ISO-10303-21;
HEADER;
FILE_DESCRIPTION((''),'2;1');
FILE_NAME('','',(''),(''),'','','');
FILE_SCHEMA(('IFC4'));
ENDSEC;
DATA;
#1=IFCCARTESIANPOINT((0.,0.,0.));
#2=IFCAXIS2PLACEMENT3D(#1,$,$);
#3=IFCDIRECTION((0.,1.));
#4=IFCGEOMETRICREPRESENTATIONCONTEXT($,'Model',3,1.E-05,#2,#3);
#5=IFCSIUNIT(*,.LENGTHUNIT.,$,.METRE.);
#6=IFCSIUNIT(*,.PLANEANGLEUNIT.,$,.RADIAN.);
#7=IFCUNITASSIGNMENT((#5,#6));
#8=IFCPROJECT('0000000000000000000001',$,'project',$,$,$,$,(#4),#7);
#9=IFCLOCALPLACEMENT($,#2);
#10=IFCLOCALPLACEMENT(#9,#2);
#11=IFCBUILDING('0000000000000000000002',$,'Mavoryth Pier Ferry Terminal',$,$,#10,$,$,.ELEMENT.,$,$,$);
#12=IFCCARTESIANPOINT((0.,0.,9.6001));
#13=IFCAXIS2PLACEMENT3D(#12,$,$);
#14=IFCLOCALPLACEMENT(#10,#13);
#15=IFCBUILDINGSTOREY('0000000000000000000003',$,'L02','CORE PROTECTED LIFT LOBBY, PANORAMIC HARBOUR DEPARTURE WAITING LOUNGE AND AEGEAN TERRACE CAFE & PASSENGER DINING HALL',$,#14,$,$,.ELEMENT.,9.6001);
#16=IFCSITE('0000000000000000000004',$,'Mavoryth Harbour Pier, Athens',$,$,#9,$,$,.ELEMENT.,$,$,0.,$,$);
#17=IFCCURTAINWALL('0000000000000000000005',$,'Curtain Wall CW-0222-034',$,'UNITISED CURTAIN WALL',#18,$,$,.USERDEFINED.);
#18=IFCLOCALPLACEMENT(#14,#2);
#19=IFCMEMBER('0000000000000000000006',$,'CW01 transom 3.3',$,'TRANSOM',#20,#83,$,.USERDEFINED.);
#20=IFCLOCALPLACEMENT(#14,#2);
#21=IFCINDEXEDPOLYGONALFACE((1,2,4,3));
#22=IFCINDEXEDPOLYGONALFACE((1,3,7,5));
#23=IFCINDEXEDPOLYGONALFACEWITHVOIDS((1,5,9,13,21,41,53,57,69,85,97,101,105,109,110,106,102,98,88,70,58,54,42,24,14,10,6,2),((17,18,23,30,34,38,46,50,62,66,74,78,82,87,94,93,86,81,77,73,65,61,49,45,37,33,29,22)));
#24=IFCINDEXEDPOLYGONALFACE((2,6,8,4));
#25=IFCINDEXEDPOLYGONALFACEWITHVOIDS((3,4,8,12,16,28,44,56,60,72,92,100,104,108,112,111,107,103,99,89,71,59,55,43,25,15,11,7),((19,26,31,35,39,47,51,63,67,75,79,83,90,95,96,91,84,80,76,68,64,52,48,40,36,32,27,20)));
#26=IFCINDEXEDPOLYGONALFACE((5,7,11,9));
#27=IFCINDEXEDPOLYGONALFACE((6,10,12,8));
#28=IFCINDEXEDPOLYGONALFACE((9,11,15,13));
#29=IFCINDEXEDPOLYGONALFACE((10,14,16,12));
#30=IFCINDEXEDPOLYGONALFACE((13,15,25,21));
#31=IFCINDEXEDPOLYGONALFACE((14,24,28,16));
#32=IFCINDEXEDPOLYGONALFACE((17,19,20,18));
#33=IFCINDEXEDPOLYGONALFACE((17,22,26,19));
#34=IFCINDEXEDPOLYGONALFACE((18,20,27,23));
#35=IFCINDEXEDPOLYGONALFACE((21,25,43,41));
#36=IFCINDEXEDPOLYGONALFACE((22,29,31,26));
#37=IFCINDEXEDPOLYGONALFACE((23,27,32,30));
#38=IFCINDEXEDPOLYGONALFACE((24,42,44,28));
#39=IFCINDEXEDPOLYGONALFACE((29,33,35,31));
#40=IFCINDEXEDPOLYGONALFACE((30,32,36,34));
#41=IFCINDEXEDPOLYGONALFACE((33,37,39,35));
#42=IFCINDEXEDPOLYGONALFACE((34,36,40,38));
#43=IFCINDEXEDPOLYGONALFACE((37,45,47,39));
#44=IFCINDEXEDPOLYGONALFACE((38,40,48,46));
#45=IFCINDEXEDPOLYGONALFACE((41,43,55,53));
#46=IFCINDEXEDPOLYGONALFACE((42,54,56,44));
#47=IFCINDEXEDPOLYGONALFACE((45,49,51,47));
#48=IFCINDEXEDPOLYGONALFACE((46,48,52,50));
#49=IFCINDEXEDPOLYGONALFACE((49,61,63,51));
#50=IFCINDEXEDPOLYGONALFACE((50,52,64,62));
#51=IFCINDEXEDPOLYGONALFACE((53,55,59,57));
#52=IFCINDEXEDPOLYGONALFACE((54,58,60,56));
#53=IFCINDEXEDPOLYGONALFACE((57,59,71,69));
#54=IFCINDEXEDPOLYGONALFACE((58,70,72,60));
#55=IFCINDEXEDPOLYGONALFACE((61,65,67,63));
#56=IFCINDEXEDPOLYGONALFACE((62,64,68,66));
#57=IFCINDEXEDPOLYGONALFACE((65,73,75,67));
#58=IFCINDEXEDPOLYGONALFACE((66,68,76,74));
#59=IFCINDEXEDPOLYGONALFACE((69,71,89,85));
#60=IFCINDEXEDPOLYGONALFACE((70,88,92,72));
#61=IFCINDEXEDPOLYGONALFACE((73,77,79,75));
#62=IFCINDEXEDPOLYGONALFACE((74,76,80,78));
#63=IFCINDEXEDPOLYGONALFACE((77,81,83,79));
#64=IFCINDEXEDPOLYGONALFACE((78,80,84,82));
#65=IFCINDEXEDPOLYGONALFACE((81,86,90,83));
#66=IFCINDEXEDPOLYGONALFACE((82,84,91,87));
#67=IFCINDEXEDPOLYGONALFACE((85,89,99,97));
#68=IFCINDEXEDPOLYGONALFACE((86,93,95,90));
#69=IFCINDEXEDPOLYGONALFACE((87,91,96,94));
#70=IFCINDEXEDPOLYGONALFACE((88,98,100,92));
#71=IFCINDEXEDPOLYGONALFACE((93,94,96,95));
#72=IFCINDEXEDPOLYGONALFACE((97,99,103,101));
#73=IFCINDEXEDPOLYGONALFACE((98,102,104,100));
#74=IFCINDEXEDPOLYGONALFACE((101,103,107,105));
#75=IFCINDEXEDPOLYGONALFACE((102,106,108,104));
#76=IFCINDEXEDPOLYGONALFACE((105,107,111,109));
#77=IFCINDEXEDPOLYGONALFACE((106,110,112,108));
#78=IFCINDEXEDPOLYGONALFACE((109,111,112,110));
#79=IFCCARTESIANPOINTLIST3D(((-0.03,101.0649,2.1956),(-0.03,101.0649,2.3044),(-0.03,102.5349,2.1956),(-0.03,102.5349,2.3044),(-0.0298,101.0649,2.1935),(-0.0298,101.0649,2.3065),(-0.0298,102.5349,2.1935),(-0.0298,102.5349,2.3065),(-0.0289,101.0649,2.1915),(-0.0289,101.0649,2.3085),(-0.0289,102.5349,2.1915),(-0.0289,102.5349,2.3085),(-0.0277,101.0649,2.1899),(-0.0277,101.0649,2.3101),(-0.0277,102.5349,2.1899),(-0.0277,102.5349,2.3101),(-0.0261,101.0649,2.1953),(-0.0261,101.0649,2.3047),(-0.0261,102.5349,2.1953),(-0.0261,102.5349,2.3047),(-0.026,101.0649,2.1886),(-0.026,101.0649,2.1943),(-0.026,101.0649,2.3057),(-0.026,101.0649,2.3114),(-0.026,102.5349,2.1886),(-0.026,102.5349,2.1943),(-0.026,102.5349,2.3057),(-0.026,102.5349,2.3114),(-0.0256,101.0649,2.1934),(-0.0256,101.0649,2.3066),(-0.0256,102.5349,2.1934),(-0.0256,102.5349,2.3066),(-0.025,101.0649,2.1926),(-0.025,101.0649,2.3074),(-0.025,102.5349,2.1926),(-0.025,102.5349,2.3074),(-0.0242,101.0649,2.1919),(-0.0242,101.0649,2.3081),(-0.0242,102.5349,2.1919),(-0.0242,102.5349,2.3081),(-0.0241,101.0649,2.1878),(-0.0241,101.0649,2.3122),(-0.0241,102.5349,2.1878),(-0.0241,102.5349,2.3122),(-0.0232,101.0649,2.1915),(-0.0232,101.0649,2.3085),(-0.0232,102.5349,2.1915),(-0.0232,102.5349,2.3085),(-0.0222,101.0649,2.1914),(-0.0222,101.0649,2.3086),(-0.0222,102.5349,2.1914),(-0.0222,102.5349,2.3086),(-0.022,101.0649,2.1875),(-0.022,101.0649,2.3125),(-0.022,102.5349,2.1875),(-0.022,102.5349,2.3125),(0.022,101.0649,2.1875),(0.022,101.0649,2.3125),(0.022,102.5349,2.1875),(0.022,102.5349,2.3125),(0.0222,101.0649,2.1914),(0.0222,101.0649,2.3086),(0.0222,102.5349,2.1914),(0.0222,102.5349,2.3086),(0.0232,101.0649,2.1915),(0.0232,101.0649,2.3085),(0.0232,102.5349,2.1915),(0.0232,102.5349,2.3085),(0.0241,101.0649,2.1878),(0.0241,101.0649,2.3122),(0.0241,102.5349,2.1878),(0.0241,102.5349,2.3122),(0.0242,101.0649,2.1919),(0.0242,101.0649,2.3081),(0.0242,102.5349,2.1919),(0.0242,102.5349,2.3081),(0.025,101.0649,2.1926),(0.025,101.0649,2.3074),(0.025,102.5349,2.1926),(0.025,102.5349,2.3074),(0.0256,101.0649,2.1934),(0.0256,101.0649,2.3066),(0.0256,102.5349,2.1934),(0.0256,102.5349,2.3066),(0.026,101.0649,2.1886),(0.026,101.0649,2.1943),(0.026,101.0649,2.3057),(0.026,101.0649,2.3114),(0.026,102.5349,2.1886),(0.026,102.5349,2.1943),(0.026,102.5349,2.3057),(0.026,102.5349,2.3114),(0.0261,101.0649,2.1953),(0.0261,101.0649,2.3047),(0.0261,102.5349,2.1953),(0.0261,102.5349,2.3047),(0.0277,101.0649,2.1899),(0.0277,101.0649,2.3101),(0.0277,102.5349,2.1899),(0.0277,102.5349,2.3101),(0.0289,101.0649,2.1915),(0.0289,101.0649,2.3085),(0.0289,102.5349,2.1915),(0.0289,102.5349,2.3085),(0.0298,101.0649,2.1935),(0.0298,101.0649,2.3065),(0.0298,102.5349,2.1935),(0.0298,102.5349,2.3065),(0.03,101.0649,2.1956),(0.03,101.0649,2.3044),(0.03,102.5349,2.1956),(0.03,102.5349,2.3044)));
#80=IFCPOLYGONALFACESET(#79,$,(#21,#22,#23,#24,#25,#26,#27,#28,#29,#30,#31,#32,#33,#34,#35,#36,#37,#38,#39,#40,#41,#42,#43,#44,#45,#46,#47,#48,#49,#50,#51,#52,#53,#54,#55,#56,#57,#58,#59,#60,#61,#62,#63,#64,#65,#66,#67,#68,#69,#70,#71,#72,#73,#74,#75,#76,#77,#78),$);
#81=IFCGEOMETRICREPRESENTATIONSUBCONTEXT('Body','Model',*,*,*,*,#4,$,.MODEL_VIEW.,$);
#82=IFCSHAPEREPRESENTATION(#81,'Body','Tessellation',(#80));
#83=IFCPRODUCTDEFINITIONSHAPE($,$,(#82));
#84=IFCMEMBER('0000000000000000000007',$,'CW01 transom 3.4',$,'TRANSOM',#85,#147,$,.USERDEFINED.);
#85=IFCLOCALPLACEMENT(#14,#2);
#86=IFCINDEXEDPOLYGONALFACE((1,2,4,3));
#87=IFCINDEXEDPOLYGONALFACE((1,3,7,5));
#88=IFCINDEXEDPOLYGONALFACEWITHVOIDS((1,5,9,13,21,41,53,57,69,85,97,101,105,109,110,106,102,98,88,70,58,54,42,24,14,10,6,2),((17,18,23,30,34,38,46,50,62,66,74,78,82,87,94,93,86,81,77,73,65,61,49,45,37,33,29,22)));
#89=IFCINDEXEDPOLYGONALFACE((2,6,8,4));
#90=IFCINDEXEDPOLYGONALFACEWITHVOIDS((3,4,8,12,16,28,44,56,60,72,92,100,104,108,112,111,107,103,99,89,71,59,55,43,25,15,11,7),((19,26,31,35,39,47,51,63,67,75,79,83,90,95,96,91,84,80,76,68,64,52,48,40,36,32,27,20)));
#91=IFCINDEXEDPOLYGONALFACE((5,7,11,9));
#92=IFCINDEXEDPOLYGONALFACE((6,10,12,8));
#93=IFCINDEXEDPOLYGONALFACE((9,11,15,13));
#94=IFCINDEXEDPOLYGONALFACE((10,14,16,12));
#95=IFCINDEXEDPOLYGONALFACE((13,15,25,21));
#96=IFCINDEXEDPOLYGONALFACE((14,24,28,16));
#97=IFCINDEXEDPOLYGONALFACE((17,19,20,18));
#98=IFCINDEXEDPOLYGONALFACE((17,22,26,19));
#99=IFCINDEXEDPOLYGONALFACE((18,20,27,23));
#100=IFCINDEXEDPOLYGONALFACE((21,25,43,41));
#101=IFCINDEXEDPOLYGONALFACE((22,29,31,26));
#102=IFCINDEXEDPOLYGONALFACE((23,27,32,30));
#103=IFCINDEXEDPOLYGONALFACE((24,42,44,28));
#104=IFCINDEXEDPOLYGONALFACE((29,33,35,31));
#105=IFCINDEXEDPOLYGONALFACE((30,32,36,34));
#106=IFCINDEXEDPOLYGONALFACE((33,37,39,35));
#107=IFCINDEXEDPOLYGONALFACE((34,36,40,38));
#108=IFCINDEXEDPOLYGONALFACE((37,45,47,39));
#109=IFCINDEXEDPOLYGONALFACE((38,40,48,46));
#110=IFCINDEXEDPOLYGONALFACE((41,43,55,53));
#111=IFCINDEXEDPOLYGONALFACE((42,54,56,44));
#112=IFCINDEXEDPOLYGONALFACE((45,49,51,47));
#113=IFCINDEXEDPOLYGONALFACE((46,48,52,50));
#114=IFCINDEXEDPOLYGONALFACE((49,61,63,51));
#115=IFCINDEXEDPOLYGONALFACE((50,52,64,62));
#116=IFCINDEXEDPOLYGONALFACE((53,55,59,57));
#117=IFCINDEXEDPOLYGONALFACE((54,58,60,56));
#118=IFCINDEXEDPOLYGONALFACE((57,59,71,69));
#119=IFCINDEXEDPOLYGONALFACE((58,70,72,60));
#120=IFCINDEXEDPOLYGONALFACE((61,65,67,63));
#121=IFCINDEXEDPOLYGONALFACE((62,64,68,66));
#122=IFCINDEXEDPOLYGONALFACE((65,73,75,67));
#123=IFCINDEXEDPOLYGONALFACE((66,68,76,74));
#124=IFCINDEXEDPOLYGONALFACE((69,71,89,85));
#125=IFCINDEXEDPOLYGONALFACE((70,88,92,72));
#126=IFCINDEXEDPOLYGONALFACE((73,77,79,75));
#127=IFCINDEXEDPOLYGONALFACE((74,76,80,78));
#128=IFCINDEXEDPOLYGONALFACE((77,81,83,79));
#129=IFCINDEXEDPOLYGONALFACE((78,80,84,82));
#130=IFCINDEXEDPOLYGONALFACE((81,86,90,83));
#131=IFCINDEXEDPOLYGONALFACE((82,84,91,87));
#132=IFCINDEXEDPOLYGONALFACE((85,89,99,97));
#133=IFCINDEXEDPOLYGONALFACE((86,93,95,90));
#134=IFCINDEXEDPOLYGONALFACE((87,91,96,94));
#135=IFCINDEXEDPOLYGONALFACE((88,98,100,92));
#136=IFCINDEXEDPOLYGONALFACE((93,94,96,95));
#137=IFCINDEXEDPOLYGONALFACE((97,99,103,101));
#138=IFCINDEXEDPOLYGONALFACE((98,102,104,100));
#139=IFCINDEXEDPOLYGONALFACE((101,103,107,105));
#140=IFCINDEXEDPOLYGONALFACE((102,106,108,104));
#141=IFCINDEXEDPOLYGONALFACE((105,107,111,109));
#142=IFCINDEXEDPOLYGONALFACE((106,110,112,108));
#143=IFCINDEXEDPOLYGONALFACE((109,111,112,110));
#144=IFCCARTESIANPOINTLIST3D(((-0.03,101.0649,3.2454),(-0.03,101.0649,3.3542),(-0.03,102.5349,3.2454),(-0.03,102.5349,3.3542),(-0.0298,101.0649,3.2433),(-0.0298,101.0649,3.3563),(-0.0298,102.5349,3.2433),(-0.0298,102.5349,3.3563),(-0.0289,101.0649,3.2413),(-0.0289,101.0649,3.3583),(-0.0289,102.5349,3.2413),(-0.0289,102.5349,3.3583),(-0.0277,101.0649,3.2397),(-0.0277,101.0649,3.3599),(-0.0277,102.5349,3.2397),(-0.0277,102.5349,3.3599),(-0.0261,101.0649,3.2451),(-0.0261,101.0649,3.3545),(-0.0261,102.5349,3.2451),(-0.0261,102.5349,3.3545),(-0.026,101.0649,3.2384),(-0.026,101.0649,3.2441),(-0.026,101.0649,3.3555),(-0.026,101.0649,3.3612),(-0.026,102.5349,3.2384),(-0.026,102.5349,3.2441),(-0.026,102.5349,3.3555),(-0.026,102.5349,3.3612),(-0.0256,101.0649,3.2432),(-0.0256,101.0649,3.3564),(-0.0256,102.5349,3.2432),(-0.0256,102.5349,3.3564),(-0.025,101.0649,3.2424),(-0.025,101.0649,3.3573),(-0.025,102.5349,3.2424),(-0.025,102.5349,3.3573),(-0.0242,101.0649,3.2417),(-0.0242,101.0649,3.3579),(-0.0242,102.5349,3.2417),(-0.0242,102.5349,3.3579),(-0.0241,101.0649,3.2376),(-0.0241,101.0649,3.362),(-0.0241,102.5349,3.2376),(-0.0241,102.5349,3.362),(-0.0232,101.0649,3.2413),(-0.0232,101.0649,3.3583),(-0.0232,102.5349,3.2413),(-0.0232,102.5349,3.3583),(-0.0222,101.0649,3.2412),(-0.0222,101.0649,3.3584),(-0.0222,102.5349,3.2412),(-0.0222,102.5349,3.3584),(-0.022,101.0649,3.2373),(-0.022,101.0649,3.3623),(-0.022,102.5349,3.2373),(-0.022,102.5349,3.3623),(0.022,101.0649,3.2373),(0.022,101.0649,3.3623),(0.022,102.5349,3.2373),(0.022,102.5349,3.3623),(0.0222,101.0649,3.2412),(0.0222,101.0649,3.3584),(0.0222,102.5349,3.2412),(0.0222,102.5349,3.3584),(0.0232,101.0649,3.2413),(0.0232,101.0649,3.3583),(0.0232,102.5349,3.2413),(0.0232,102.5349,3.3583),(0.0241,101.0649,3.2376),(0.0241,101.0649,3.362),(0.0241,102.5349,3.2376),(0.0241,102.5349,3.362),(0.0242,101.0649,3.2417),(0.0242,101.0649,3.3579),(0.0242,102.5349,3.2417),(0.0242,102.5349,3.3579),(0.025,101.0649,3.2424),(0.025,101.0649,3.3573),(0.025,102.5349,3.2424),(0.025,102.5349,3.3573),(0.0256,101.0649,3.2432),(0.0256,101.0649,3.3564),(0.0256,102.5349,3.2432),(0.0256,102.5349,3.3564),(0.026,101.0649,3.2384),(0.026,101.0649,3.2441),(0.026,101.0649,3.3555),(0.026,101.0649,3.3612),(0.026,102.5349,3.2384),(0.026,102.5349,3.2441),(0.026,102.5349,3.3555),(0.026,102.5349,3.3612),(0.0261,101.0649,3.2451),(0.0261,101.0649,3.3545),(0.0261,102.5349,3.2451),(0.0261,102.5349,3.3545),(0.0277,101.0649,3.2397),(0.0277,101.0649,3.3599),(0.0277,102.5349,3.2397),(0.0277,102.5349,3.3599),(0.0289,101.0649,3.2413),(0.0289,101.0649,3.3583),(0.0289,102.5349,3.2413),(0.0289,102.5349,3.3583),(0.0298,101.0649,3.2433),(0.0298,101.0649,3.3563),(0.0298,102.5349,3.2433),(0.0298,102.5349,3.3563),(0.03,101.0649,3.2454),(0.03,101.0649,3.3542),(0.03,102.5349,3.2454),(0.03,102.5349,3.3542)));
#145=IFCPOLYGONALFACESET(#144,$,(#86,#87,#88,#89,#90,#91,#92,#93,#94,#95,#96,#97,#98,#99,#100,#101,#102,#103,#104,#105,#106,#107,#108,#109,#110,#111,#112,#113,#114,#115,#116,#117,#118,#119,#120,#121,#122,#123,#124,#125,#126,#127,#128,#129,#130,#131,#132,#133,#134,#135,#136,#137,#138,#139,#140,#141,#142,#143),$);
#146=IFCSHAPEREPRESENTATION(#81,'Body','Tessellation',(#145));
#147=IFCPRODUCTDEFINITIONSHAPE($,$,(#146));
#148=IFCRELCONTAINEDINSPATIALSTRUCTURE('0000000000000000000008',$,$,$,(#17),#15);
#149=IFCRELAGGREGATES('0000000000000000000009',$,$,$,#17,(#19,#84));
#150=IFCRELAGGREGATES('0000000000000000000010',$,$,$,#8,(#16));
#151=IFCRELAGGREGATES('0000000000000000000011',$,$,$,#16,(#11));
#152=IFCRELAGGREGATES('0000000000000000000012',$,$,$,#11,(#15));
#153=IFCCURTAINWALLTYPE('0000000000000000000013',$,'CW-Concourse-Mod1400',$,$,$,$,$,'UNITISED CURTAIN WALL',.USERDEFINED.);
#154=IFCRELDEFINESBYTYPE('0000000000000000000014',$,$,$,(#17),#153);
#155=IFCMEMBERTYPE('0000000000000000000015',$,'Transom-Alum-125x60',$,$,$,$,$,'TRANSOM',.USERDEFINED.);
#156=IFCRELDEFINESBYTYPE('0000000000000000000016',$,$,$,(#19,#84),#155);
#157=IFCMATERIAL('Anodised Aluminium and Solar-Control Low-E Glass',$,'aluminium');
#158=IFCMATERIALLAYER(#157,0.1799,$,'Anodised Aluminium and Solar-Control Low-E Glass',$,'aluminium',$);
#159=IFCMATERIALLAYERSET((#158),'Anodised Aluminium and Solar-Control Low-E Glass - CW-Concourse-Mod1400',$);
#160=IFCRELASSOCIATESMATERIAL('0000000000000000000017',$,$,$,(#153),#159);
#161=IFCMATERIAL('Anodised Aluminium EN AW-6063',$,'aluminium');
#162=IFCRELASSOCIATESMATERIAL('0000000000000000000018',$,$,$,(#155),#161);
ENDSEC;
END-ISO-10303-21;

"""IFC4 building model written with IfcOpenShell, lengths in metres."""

from ifc_helpers import new_model, si_unit, direction, frame, origin, origin_2d, place, context, subcontext, project, spatial, hollow_rectangle, extrude, material, layer, layer_set, material_profile, profile_set, type_object, element, aggregate, save


model = new_model("IFC4")

# Units and contexts
model_context = context("Model", 3, precision=1e-05, world=origin(), true_north=direction((0.0, 1.0)))
body_context = subcontext(model_context, "Body", "Model", "MODEL_VIEW")
ifc_project = project(units=[si_unit("LENGTHUNIT", "METRE"), si_unit("PLANEANGLEUNIT", "RADIAN")], contexts=[model_context])

# Site, building, storey
site_placement = place(None, origin())
site = spatial("IfcSite", under=ifc_project, at=site_placement, Name="Mavoryth Harbour Pier, Athens", CompositionType="ELEMENT", RefElevation=0.0)
building_placement = place(site_placement, origin())
building = spatial("IfcBuilding", under=site, at=building_placement, Name="Mavoryth Pier Ferry Terminal", CompositionType="ELEMENT")
storey_placement = place(building_placement, frame((0.0, 0.0, 9.6001)))
storey = spatial("IfcBuildingStorey", under=building, at=storey_placement, Name="L02", Description="CORE PROTECTED LIFT LOBBY, PANORAMIC HARBOUR DEPARTURE WAITING LOUNGE AND AEGEAN TERRACE CAFE & PASSENGER DINING HALL", CompositionType="ELEMENT", Elevation=9.6001)

# Curtain wall
ifc_material_1 = material(Name="Anodised Aluminium and Solar-Control Low-E Glass", Category="aluminium")
ifc_layer_1 = layer(ifc_material_1, 0.1799, Name="Anodised Aluminium and Solar-Control Low-E Glass", Category="aluminium")
ifc_layer_set_1 = layer_set([ifc_layer_1], Name="Anodised Aluminium and Solar-Control Low-E Glass - CW-Concourse-Mod1400")
curtain_wall_type = type_object("IfcCurtainWallType", Name="CW-Concourse-Mod1400", ElementType="UNITISED CURTAIN WALL", PredefinedType="USERDEFINED", material=ifc_layer_set_1)
curtain_wall_placement = place(storey_placement, origin())
curtain_wall = element("IfcCurtainWall", 1, at=curtain_wall_placement, inside=storey, type_object=curtain_wall_type, Name="Curtain Wall CW-0222-034", ObjectType="UNITISED CURTAIN WALL", PredefinedType="USERDEFINED")
ifc_material_2 = material(Name="Anodised Aluminium EN AW-6063", Category="aluminium")

# Members
ifc_material_profile_1 = material_profile(ifc_material_2, hollow_rectangle(XDim=0.0601, YDim=0.125, WallThickness=0.0039, InnerFilletRadius=0.0039, OuterFilletRadius=0.0081, at=origin_2d()), Name="AL-TRAN 125x60x4", Category="aluminium")
ifc_profile_set_1 = profile_set([ifc_material_profile_1], Name="Anodised Aluminium EN AW-6063 - AL-TRAN 125x60x4")
member_type_1 = type_object("IfcMemberType", Name="Transom-Alum-125x60", ElementType="TRANSOM", PredefinedType="USERDEFINED", material=ifc_profile_set_1)
member_1_placement = place(storey_placement, frame((0.0, 102.5349, 2.25), z_axis=(0.0, -1.0, 0.0), x_axis=(1.0, 0.0, 0.0)))
member_1 = element("IfcMember", 2, at=member_1_placement, type_object=member_type_1, Name="CW01 transom 3.3", ObjectType="TRANSOM", PredefinedType="USERDEFINED", context=body_context, shape_type="SweptSolid", body=[
    extrude(hollow_rectangle(XDim=0.0601, YDim=0.125, WallThickness=0.0039, InnerFilletRadius=0.0039, OuterFilletRadius=0.0081, at=origin_2d()), origin(), (0.0, 0.0, 1.0), 1.47),
])
member_2_placement = place(storey_placement, frame((0.0, 102.5349, 3.2998), z_axis=(0.0, -1.0, 0.0), x_axis=(1.0, 0.0, 0.0)))
member_2 = element("IfcMember", 3, at=member_2_placement, type_object=member_type_1, Name="CW01 transom 3.4", ObjectType="TRANSOM", PredefinedType="USERDEFINED", context=body_context, shape_type="SweptSolid", body=[
    extrude(hollow_rectangle(XDim=0.0601, YDim=0.125, WallThickness=0.0039, InnerFilletRadius=0.0039, OuterFilletRadius=0.0081, at=origin_2d()), origin(), (0.0, 0.0, 1.0), 1.47),
])

aggregate(curtain_wall, [member_1, member_2])

save(model, "model.ifc")
